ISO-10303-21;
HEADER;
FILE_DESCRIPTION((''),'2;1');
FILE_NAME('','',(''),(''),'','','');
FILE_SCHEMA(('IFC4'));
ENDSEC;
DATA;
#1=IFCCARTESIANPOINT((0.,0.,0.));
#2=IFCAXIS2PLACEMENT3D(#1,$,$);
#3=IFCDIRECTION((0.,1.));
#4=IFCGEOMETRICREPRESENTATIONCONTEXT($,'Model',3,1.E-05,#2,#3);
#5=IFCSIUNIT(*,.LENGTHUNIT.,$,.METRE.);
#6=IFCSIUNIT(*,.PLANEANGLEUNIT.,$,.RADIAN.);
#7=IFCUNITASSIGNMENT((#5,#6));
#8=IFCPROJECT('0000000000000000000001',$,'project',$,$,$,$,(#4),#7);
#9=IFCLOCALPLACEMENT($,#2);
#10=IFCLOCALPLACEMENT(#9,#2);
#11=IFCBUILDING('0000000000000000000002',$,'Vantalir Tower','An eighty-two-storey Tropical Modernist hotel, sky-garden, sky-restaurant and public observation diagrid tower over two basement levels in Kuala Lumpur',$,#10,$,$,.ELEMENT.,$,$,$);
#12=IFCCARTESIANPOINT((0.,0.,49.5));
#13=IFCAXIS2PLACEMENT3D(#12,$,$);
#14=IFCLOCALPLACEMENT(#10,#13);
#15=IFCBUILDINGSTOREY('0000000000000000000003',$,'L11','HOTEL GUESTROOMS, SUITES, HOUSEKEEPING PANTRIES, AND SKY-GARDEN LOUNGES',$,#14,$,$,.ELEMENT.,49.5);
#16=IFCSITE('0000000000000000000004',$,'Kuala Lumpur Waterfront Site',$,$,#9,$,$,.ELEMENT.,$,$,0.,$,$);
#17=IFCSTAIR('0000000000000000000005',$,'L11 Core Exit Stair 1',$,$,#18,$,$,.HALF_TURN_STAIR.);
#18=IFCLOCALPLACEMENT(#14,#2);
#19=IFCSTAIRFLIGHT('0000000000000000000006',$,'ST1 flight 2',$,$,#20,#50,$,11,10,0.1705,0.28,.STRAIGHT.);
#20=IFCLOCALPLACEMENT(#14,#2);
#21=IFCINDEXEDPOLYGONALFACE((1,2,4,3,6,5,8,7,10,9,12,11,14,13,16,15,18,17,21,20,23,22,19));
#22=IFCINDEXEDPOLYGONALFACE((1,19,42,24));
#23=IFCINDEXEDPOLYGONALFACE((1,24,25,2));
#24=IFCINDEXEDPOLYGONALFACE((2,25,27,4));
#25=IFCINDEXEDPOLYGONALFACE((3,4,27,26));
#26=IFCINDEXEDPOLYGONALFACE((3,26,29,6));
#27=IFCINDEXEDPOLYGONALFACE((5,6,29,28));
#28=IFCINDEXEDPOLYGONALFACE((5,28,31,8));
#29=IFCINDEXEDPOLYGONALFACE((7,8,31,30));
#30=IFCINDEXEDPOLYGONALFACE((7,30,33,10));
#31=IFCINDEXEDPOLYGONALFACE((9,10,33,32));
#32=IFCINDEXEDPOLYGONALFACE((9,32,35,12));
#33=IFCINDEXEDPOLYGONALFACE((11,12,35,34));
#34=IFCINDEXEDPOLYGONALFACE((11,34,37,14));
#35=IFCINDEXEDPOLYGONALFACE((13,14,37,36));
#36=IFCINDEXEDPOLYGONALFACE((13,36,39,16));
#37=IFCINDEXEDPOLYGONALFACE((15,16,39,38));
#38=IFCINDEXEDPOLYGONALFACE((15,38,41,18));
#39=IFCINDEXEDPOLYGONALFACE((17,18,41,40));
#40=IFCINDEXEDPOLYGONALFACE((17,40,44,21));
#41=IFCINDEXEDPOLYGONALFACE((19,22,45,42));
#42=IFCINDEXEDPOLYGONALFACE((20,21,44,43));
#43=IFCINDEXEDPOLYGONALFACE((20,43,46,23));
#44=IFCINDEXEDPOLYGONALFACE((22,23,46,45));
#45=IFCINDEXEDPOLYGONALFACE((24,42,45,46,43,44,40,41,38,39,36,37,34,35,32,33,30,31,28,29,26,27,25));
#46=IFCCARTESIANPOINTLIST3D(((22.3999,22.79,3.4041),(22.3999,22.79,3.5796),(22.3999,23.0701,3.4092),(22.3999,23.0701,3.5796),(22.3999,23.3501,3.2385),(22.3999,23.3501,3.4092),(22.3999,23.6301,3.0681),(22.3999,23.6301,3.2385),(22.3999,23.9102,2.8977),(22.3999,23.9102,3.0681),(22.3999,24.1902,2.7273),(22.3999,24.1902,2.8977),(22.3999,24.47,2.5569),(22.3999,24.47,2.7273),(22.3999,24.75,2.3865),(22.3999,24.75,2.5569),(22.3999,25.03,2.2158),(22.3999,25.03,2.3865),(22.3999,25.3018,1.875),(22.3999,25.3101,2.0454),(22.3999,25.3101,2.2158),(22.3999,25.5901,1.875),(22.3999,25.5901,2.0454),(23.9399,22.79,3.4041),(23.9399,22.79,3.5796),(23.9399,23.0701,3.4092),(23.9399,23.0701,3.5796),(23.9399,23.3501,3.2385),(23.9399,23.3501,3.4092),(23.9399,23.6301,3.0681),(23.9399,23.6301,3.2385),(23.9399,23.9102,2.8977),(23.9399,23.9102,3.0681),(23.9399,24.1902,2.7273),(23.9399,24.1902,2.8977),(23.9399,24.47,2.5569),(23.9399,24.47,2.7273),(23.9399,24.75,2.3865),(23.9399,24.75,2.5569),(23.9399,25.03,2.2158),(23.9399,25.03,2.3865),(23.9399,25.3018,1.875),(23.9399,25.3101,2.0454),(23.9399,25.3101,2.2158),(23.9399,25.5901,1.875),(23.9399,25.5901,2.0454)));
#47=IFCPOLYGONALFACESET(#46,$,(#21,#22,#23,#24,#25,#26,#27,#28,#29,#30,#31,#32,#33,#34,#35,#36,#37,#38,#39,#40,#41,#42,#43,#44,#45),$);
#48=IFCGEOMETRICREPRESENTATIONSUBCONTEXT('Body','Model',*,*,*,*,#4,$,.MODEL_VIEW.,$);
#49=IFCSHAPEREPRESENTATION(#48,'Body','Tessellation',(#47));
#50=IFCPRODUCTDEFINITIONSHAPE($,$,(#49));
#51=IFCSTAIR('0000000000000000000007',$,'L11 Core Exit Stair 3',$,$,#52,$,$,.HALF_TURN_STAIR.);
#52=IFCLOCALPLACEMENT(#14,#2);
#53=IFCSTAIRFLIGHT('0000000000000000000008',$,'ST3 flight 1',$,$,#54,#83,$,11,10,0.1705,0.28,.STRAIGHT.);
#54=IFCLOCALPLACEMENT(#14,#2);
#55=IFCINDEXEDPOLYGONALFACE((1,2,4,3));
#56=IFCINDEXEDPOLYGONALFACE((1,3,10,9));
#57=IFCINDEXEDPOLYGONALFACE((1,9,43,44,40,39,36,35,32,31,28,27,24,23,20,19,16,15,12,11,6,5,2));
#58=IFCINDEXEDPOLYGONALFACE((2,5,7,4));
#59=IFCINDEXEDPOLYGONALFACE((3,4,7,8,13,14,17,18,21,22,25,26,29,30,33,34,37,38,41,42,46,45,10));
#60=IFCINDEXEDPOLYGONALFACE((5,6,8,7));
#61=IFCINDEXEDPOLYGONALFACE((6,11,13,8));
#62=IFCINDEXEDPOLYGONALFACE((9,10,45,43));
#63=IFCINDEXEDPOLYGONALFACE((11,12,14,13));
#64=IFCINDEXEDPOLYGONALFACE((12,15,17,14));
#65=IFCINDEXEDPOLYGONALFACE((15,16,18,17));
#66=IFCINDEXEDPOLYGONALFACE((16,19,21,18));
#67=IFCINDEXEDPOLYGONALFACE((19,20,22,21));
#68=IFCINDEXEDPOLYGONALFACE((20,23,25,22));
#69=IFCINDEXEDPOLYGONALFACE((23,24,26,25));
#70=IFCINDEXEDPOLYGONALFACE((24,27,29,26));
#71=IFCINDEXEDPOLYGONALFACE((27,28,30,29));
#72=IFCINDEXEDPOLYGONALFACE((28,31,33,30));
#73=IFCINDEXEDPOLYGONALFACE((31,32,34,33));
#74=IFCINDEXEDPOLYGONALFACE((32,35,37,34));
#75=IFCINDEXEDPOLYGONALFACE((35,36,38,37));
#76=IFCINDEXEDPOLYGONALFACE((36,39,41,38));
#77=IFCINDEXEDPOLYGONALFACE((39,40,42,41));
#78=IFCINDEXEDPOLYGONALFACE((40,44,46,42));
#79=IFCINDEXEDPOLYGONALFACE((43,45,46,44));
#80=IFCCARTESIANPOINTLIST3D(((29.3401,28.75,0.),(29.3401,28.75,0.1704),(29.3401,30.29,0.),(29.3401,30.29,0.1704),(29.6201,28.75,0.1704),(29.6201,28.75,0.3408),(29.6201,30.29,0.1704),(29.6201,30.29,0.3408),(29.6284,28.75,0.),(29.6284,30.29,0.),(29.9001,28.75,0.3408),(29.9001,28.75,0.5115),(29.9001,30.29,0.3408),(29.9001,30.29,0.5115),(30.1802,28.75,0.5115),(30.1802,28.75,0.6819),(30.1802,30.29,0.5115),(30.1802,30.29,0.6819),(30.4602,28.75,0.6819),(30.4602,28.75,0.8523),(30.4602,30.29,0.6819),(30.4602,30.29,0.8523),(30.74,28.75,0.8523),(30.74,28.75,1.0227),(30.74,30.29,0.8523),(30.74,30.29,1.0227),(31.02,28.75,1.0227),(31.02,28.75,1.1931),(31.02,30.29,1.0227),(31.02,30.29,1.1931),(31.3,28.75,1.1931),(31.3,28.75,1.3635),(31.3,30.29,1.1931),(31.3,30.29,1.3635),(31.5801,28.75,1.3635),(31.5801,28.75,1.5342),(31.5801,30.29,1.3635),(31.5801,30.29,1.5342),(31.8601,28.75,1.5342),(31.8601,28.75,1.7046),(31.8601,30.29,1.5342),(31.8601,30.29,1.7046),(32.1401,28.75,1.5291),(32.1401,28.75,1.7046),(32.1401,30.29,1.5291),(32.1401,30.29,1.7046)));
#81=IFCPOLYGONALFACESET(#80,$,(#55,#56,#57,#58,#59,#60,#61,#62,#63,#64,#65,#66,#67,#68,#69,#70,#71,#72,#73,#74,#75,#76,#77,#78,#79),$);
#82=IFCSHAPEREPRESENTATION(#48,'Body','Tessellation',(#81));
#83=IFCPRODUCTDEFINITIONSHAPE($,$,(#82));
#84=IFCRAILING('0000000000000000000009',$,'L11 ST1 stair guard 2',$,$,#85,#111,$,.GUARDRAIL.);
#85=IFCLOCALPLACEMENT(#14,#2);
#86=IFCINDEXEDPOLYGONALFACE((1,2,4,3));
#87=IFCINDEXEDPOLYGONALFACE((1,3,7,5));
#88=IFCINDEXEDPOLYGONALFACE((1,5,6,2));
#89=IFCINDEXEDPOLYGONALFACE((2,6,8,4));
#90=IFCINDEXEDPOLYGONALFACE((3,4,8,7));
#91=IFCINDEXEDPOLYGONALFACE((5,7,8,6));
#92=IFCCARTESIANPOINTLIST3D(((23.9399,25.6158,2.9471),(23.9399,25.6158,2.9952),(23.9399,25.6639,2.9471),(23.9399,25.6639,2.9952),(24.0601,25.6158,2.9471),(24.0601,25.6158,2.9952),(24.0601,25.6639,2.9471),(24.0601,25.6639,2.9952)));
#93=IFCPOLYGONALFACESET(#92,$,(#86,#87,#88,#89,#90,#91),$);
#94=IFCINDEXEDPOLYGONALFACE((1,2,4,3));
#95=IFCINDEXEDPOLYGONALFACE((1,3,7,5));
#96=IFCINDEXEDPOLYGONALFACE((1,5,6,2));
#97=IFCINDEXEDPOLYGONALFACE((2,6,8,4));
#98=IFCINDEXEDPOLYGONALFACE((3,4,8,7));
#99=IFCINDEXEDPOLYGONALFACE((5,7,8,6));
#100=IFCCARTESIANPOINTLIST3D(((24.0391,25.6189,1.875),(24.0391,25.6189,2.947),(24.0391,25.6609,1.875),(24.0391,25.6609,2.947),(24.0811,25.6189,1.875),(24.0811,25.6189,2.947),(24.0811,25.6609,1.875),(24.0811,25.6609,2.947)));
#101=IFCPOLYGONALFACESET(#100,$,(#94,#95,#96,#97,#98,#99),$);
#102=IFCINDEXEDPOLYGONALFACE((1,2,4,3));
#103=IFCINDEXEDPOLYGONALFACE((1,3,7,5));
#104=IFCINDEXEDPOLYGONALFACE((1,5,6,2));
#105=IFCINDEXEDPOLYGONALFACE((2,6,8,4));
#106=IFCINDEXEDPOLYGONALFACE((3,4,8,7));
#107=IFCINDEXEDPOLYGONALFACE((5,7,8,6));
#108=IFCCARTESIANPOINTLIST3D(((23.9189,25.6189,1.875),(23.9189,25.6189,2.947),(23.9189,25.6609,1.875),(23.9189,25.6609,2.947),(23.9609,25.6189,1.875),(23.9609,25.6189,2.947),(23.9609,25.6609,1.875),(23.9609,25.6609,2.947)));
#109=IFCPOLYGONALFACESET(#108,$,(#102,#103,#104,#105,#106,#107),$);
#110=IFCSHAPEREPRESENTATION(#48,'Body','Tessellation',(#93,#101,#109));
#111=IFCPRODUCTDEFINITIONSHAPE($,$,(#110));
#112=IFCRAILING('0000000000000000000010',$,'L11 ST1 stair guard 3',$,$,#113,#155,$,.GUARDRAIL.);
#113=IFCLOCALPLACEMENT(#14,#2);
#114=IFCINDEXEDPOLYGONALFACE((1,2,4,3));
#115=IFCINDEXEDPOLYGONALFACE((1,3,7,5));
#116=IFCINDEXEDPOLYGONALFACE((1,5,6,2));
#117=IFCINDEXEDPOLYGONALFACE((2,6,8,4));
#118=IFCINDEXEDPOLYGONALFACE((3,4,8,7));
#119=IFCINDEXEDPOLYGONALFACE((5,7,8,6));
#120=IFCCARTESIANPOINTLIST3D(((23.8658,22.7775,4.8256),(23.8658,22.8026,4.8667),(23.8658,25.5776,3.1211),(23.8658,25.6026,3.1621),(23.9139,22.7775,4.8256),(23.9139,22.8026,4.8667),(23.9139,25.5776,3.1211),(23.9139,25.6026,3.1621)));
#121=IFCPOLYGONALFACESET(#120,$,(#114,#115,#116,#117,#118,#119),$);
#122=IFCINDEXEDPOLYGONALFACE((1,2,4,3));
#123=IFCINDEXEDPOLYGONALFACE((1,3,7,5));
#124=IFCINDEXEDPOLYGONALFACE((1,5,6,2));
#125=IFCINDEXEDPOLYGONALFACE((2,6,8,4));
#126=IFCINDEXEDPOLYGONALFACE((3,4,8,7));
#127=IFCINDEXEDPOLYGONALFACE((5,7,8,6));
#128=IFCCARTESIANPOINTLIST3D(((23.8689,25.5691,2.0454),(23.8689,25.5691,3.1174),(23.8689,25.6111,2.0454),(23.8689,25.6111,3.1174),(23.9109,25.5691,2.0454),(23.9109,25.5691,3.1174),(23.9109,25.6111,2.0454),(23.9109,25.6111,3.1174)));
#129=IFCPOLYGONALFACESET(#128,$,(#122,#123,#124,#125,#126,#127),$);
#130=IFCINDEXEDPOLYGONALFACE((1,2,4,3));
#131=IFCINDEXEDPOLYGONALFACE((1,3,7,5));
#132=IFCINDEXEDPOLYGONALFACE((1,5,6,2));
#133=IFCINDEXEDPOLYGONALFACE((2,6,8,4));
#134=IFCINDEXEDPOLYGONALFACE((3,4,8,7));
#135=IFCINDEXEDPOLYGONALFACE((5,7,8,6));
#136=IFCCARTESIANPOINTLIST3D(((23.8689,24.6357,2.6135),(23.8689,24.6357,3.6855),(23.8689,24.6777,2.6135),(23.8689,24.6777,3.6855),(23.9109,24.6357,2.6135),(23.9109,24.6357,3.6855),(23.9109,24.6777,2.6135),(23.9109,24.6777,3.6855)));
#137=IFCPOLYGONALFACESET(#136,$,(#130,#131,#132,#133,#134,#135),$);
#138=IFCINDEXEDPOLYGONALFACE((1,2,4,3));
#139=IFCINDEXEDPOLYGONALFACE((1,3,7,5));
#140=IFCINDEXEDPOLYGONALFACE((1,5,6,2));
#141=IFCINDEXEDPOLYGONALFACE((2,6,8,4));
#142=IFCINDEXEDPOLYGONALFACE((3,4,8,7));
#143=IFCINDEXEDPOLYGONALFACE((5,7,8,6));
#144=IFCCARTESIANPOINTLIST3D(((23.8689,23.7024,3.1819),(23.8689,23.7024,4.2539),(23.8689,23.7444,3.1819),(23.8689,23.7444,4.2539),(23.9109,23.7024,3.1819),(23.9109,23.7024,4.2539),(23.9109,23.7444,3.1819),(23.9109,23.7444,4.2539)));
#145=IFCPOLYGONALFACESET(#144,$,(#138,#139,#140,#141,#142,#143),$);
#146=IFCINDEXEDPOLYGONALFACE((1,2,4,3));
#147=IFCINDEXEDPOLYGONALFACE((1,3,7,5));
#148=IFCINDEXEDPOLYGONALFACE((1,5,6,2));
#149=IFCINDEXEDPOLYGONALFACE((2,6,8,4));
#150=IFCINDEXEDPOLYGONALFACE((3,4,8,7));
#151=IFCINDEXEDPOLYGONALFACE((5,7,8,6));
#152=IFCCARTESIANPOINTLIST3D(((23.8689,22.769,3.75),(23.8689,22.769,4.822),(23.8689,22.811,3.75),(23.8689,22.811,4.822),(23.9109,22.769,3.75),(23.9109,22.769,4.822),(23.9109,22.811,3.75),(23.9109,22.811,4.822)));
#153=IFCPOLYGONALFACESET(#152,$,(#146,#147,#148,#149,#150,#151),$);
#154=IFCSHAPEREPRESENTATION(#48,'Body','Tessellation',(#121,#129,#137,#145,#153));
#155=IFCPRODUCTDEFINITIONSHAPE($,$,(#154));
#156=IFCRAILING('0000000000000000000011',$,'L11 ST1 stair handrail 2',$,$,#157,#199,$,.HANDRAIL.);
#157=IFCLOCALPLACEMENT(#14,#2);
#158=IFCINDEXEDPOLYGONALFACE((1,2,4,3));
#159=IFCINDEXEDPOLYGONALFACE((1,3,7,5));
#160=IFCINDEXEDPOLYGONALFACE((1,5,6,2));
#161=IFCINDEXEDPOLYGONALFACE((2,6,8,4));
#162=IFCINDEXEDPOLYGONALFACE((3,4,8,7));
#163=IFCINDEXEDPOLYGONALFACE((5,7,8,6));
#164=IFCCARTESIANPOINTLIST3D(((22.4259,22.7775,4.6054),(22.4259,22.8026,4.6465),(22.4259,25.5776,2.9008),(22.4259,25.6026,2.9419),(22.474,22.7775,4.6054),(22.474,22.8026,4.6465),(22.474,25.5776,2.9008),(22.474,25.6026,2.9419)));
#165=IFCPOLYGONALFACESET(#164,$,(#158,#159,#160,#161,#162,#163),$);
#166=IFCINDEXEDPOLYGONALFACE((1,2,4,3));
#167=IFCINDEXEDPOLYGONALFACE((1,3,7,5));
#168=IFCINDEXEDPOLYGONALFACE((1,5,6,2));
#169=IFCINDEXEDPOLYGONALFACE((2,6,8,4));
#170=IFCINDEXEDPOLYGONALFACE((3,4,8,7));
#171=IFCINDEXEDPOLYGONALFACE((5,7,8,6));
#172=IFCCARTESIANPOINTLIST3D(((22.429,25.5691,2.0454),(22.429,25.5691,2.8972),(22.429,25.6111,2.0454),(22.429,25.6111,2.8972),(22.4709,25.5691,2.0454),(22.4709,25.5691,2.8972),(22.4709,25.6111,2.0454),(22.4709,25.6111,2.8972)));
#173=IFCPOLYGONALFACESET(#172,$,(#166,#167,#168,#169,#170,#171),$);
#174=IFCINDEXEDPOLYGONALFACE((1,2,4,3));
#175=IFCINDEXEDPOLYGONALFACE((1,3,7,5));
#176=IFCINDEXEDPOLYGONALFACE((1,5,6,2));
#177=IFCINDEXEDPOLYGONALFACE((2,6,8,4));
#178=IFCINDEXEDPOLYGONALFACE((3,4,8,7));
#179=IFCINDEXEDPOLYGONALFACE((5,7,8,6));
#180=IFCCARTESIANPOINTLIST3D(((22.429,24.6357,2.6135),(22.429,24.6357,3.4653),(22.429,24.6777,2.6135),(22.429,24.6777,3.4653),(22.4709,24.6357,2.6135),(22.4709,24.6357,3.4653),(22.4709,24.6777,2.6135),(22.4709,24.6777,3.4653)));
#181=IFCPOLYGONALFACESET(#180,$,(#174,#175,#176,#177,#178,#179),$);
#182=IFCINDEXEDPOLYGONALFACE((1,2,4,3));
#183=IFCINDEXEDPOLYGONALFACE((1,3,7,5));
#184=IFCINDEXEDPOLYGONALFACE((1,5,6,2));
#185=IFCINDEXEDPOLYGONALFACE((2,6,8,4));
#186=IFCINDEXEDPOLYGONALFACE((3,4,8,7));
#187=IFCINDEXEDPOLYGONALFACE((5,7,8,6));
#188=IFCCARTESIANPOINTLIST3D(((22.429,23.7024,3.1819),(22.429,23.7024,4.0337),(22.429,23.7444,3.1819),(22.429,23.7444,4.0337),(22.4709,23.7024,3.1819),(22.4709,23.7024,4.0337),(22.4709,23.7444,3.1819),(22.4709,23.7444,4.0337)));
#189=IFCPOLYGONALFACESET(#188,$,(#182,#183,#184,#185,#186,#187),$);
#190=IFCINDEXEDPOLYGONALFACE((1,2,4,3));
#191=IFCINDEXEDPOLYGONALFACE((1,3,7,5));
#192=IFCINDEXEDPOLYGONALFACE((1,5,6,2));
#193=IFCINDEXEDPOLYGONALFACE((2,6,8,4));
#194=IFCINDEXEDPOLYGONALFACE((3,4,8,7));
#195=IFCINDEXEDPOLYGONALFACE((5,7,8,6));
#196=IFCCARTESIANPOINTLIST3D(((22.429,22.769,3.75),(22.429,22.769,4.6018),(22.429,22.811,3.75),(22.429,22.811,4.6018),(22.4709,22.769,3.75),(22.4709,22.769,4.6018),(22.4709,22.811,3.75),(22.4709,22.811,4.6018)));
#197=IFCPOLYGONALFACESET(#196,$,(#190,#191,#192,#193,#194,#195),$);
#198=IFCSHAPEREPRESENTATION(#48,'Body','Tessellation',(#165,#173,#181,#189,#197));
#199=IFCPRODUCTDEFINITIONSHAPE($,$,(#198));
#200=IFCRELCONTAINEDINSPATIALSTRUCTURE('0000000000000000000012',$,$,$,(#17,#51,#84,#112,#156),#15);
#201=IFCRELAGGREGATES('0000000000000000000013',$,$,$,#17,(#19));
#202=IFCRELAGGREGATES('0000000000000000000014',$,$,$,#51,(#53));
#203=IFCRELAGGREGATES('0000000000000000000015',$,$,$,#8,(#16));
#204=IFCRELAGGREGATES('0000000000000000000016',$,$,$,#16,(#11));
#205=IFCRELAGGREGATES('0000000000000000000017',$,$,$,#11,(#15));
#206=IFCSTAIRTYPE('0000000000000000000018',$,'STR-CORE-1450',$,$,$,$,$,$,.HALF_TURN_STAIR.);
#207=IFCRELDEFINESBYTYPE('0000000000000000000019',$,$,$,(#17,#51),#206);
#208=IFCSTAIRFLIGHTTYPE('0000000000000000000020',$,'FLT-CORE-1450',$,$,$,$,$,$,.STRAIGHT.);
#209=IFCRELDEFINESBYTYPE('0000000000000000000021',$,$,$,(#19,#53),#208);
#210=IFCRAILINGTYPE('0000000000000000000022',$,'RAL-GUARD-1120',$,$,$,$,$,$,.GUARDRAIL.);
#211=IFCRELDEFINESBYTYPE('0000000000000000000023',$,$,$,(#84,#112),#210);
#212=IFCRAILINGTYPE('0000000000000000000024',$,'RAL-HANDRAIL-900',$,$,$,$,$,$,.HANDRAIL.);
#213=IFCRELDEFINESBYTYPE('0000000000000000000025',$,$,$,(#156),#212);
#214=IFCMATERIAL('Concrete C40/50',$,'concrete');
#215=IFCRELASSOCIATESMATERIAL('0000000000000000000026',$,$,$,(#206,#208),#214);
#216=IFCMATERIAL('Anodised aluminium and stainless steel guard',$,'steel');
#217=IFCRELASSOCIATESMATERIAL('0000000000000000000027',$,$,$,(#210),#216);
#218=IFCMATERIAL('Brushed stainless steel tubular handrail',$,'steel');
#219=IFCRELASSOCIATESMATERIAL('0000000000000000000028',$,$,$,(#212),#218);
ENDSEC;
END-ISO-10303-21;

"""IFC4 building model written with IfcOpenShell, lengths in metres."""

from ifc_helpers import new_model, si_unit, direction, frame, origin, origin_2d, place, context, subcontext, project, spatial, polyline, rectangle, outline, extrude, material, type_object, element, aggregate, save


model = new_model("IFC4")

# Units and contexts
model_context = context("Model", 3, precision=1e-05, world=origin(), true_north=direction((0.0, 1.0)))
body_context = subcontext(model_context, "Body", "Model", "MODEL_VIEW")
ifc_project = project(units=[si_unit("LENGTHUNIT", "METRE"), si_unit("PLANEANGLEUNIT", "RADIAN")], contexts=[model_context])

# Site, building, storey
site_placement = place(None, origin())
site = spatial("IfcSite", under=ifc_project, at=site_placement, Name="Kuala Lumpur Waterfront Site", CompositionType="ELEMENT", RefElevation=0.0)
building_placement = place(site_placement, origin())
building = spatial("IfcBuilding", under=site, at=building_placement, Name="Vantalir Tower", Description="An eighty-two-storey Tropical Modernist hotel, sky-garden, sky-restaurant and public observation diagrid tower over two basement levels in Kuala Lumpur", CompositionType="ELEMENT")
storey_placement = place(building_placement, frame((0.0, 0.0, 49.5)))
storey = spatial("IfcBuildingStorey", under=building, at=storey_placement, Name="L11", Description="HOTEL GUESTROOMS, SUITES, HOUSEKEEPING PANTRIES, AND SKY-GARDEN LOUNGES", CompositionType="ELEMENT", Elevation=49.5)

# Stairs, stair flights
ifc_material_1 = material(Name="Concrete C40/50", Category="concrete")
stair_type = type_object("IfcStairType", Name="STR-CORE-1450", PredefinedType="HALF_TURN_STAIR", material=ifc_material_1)
stair_1_placement = place(storey_placement, origin())
stair_1 = element("IfcStair", 1, at=stair_1_placement, inside=storey, type_object=stair_type, Name="L11 Core Exit Stair 1", PredefinedType="HALF_TURN_STAIR")
stair_flight_type = type_object("IfcStairFlightType", Name="FLT-CORE-1450", PredefinedType="STRAIGHT", material=ifc_material_1)
stair_flight_1_placement = place(storey_placement, frame((23.1699, 25.5901, 1.875), z_axis=(0.0, 0.0, 1.0), x_axis=(0.0, -1.0, 0.0)))
stair_flight_1 = element("IfcStairFlight", 2, at=stair_flight_1_placement, type_object=stair_flight_type, Name="ST1 flight 2", NumberOfRisers=11, NumberOfTreads=10, PredefinedType="STRAIGHT", RiserHeight=0.1705, TreadLength=0.28, context=body_context, shape_type="SweptSolid", body=[
    extrude(outline(polyline([(0.0, 0.0), (0.0, 0.1704), (0.28, 0.1704), (0.28, 0.3408), (0.5601, 0.3408), (0.5601, 0.5115), (0.8401, 0.5115), (0.8401, 0.6819), (1.1201, 0.6819), (1.1201, 0.8523), (1.3999, 0.8523), (1.3999, 1.0227), (1.6799, 1.0227), (1.6799, 1.1931), (1.96, 1.1931), (1.96, 1.3635), (2.24, 1.3635), (2.24, 1.5342), (2.52, 1.5342), (2.52, 1.7046), (2.8, 1.7046), (2.8, 1.875), (2.8, 1.5291), (0.2883, 0.0), (0.0, 0.0)])), frame((0.0, 0.77, 0.0), z_axis=(0.0, -1.0, 0.0), x_axis=(1.0, 0.0, 0.0)), (0.0, 0.0, 1.0), 1.54),
])
aggregate(stair_1, [stair_flight_1])
stair_2_placement = place(storey_placement, origin())
stair_2 = element("IfcStair", 3, at=stair_2_placement, inside=storey, type_object=stair_type, Name="L11 Core Exit Stair 3", PredefinedType="HALF_TURN_STAIR")
stair_flight_2_placement = place(storey_placement, frame((29.3401, 29.52, 0.0), z_axis=(0.0, 0.0, 1.0), x_axis=(1.0, 0.0, 0.0)))
stair_flight_2 = element("IfcStairFlight", 4, at=stair_flight_2_placement, type_object=stair_flight_type, Name="ST3 flight 1", NumberOfRisers=11, NumberOfTreads=10, PredefinedType="STRAIGHT", RiserHeight=0.1705, TreadLength=0.28, context=body_context, shape_type="SweptSolid", body=[
    extrude(outline(polyline([(0.0, 0.0), (0.0, 0.1704), (0.28, 0.1704), (0.28, 0.3408), (0.5601, 0.3408), (0.5601, 0.5115), (0.8401, 0.5115), (0.8401, 0.6819), (1.1201, 0.6819), (1.1201, 0.8523), (1.3999, 0.8523), (1.3999, 1.0227), (1.6799, 1.0227), (1.6799, 1.1931), (1.96, 1.1931), (1.96, 1.3635), (2.24, 1.3635), (2.24, 1.5342), (2.52, 1.5342), (2.52, 1.7046), (2.8, 1.7046), (2.8, 1.875), (2.8, 1.5291), (0.2883, 0.0), (0.0, 0.0)])), frame((0.0, 0.77, 0.0), z_axis=(0.0, -1.0, 0.0), x_axis=(1.0, 0.0, 0.0)), (0.0, 0.0, 1.0), 1.54),
])
aggregate(stair_2, [stair_flight_2])

# Railings
ifc_material_2 = material(Name="Anodised aluminium and stainless steel guard", Category="steel")
railing_type_1 = type_object("IfcRailingType", Name="RAL-GUARD-1120", PredefinedType="GUARDRAIL", material=ifc_material_2)
railing_1_placement = place(storey_placement, frame((24.0601, 25.6399, 1.875)))
element("IfcRailing", 5, at=railing_1_placement, inside=storey, type_object=railing_type_1, Name="L11 ST1 stair guard 2", PredefinedType="GUARDRAIL", context=body_context, shape_type="SweptSolid", body=[
    extrude(rectangle(XDim=0.0481, YDim=0.0481, at=origin_2d()), frame((0.0, 0.0, 1.0962), z_axis=(-1.0, 0.0, 0.0), x_axis=(0.0, -1.0, 0.0)), (0.0, 0.0, 1.0), 0.1201),
    extrude(rectangle(XDim=0.042, YDim=0.042, at=origin_2d()), origin(), (0.0, 0.0, 1.0), 1.072),
    extrude(rectangle(XDim=0.042, YDim=0.042, at=origin_2d()), frame((-0.1201, 0.0, 0.0)), (0.0, 0.0, 1.0), 1.072),
])
railing_2_placement = place(storey_placement, frame((23.8899, 25.5901, 2.0454)))
element("IfcRailing", 6, at=railing_2_placement, inside=storey, type_object=railing_type_1, Name="L11 ST1 stair guard 3", PredefinedType="GUARDRAIL", context=body_context, shape_type="SweptSolid", body=[
    extrude(rectangle(XDim=0.0481, YDim=0.0481, at=origin_2d()), frame((0.0, 0.0, 1.0962), z_axis=(0.0, -0.85417, 0.519994), x_axis=(1.0, 0.0, 0.0)), (0.0, 0.0, 1.0), 3.2781),
    extrude(rectangle(XDim=0.042, YDim=0.042, at=origin_2d()), origin(), (0.0, 0.0, 1.0), 1.072),
    extrude(rectangle(XDim=0.042, YDim=0.042, at=origin_2d()), frame((0.0, -0.9333, 0.5681)), (0.0, 0.0, 1.0), 1.072),
    extrude(rectangle(XDim=0.042, YDim=0.042, at=origin_2d()), frame((0.0, -1.8667, 1.1365)), (0.0, 0.0, 1.0), 1.072),
    extrude(rectangle(XDim=0.042, YDim=0.042, at=origin_2d()), frame((0.0, -2.8, 1.7046)), (0.0, 0.0, 1.0), 1.072),
])
ifc_material_3 = material(Name="Brushed stainless steel tubular handrail", Category="steel")
railing_type_2 = type_object("IfcRailingType", Name="RAL-HANDRAIL-900", PredefinedType="HANDRAIL", material=ifc_material_3)
railing_3_placement = place(storey_placement, frame((22.45, 25.5901, 2.0454)))
element("IfcRailing", 7, at=railing_3_placement, inside=storey, type_object=railing_type_2, Name="L11 ST1 stair handrail 2", PredefinedType="HANDRAIL", context=body_context, shape_type="SweptSolid", body=[
    extrude(rectangle(XDim=0.0481, YDim=0.0481, at=origin_2d()), frame((0.0, 0.0, 0.876), z_axis=(0.0, -0.85417, 0.519994), x_axis=(1.0, 0.0, 0.0)), (0.0, 0.0, 1.0), 3.2781),
    extrude(rectangle(XDim=0.042, YDim=0.042, at=origin_2d()), origin(), (0.0, 0.0, 1.0), 0.8518),
    extrude(rectangle(XDim=0.042, YDim=0.042, at=origin_2d()), frame((0.0, -0.9333, 0.5681)), (0.0, 0.0, 1.0), 0.8518),
    extrude(rectangle(XDim=0.042, YDim=0.042, at=origin_2d()), frame((0.0, -1.8667, 1.1365)), (0.0, 0.0, 1.0), 0.8518),
    extrude(rectangle(XDim=0.042, YDim=0.042, at=origin_2d()), frame((0.0, -2.8, 1.7046)), (0.0, 0.0, 1.0), 0.8518),
])

save(model, "model.ifc")
